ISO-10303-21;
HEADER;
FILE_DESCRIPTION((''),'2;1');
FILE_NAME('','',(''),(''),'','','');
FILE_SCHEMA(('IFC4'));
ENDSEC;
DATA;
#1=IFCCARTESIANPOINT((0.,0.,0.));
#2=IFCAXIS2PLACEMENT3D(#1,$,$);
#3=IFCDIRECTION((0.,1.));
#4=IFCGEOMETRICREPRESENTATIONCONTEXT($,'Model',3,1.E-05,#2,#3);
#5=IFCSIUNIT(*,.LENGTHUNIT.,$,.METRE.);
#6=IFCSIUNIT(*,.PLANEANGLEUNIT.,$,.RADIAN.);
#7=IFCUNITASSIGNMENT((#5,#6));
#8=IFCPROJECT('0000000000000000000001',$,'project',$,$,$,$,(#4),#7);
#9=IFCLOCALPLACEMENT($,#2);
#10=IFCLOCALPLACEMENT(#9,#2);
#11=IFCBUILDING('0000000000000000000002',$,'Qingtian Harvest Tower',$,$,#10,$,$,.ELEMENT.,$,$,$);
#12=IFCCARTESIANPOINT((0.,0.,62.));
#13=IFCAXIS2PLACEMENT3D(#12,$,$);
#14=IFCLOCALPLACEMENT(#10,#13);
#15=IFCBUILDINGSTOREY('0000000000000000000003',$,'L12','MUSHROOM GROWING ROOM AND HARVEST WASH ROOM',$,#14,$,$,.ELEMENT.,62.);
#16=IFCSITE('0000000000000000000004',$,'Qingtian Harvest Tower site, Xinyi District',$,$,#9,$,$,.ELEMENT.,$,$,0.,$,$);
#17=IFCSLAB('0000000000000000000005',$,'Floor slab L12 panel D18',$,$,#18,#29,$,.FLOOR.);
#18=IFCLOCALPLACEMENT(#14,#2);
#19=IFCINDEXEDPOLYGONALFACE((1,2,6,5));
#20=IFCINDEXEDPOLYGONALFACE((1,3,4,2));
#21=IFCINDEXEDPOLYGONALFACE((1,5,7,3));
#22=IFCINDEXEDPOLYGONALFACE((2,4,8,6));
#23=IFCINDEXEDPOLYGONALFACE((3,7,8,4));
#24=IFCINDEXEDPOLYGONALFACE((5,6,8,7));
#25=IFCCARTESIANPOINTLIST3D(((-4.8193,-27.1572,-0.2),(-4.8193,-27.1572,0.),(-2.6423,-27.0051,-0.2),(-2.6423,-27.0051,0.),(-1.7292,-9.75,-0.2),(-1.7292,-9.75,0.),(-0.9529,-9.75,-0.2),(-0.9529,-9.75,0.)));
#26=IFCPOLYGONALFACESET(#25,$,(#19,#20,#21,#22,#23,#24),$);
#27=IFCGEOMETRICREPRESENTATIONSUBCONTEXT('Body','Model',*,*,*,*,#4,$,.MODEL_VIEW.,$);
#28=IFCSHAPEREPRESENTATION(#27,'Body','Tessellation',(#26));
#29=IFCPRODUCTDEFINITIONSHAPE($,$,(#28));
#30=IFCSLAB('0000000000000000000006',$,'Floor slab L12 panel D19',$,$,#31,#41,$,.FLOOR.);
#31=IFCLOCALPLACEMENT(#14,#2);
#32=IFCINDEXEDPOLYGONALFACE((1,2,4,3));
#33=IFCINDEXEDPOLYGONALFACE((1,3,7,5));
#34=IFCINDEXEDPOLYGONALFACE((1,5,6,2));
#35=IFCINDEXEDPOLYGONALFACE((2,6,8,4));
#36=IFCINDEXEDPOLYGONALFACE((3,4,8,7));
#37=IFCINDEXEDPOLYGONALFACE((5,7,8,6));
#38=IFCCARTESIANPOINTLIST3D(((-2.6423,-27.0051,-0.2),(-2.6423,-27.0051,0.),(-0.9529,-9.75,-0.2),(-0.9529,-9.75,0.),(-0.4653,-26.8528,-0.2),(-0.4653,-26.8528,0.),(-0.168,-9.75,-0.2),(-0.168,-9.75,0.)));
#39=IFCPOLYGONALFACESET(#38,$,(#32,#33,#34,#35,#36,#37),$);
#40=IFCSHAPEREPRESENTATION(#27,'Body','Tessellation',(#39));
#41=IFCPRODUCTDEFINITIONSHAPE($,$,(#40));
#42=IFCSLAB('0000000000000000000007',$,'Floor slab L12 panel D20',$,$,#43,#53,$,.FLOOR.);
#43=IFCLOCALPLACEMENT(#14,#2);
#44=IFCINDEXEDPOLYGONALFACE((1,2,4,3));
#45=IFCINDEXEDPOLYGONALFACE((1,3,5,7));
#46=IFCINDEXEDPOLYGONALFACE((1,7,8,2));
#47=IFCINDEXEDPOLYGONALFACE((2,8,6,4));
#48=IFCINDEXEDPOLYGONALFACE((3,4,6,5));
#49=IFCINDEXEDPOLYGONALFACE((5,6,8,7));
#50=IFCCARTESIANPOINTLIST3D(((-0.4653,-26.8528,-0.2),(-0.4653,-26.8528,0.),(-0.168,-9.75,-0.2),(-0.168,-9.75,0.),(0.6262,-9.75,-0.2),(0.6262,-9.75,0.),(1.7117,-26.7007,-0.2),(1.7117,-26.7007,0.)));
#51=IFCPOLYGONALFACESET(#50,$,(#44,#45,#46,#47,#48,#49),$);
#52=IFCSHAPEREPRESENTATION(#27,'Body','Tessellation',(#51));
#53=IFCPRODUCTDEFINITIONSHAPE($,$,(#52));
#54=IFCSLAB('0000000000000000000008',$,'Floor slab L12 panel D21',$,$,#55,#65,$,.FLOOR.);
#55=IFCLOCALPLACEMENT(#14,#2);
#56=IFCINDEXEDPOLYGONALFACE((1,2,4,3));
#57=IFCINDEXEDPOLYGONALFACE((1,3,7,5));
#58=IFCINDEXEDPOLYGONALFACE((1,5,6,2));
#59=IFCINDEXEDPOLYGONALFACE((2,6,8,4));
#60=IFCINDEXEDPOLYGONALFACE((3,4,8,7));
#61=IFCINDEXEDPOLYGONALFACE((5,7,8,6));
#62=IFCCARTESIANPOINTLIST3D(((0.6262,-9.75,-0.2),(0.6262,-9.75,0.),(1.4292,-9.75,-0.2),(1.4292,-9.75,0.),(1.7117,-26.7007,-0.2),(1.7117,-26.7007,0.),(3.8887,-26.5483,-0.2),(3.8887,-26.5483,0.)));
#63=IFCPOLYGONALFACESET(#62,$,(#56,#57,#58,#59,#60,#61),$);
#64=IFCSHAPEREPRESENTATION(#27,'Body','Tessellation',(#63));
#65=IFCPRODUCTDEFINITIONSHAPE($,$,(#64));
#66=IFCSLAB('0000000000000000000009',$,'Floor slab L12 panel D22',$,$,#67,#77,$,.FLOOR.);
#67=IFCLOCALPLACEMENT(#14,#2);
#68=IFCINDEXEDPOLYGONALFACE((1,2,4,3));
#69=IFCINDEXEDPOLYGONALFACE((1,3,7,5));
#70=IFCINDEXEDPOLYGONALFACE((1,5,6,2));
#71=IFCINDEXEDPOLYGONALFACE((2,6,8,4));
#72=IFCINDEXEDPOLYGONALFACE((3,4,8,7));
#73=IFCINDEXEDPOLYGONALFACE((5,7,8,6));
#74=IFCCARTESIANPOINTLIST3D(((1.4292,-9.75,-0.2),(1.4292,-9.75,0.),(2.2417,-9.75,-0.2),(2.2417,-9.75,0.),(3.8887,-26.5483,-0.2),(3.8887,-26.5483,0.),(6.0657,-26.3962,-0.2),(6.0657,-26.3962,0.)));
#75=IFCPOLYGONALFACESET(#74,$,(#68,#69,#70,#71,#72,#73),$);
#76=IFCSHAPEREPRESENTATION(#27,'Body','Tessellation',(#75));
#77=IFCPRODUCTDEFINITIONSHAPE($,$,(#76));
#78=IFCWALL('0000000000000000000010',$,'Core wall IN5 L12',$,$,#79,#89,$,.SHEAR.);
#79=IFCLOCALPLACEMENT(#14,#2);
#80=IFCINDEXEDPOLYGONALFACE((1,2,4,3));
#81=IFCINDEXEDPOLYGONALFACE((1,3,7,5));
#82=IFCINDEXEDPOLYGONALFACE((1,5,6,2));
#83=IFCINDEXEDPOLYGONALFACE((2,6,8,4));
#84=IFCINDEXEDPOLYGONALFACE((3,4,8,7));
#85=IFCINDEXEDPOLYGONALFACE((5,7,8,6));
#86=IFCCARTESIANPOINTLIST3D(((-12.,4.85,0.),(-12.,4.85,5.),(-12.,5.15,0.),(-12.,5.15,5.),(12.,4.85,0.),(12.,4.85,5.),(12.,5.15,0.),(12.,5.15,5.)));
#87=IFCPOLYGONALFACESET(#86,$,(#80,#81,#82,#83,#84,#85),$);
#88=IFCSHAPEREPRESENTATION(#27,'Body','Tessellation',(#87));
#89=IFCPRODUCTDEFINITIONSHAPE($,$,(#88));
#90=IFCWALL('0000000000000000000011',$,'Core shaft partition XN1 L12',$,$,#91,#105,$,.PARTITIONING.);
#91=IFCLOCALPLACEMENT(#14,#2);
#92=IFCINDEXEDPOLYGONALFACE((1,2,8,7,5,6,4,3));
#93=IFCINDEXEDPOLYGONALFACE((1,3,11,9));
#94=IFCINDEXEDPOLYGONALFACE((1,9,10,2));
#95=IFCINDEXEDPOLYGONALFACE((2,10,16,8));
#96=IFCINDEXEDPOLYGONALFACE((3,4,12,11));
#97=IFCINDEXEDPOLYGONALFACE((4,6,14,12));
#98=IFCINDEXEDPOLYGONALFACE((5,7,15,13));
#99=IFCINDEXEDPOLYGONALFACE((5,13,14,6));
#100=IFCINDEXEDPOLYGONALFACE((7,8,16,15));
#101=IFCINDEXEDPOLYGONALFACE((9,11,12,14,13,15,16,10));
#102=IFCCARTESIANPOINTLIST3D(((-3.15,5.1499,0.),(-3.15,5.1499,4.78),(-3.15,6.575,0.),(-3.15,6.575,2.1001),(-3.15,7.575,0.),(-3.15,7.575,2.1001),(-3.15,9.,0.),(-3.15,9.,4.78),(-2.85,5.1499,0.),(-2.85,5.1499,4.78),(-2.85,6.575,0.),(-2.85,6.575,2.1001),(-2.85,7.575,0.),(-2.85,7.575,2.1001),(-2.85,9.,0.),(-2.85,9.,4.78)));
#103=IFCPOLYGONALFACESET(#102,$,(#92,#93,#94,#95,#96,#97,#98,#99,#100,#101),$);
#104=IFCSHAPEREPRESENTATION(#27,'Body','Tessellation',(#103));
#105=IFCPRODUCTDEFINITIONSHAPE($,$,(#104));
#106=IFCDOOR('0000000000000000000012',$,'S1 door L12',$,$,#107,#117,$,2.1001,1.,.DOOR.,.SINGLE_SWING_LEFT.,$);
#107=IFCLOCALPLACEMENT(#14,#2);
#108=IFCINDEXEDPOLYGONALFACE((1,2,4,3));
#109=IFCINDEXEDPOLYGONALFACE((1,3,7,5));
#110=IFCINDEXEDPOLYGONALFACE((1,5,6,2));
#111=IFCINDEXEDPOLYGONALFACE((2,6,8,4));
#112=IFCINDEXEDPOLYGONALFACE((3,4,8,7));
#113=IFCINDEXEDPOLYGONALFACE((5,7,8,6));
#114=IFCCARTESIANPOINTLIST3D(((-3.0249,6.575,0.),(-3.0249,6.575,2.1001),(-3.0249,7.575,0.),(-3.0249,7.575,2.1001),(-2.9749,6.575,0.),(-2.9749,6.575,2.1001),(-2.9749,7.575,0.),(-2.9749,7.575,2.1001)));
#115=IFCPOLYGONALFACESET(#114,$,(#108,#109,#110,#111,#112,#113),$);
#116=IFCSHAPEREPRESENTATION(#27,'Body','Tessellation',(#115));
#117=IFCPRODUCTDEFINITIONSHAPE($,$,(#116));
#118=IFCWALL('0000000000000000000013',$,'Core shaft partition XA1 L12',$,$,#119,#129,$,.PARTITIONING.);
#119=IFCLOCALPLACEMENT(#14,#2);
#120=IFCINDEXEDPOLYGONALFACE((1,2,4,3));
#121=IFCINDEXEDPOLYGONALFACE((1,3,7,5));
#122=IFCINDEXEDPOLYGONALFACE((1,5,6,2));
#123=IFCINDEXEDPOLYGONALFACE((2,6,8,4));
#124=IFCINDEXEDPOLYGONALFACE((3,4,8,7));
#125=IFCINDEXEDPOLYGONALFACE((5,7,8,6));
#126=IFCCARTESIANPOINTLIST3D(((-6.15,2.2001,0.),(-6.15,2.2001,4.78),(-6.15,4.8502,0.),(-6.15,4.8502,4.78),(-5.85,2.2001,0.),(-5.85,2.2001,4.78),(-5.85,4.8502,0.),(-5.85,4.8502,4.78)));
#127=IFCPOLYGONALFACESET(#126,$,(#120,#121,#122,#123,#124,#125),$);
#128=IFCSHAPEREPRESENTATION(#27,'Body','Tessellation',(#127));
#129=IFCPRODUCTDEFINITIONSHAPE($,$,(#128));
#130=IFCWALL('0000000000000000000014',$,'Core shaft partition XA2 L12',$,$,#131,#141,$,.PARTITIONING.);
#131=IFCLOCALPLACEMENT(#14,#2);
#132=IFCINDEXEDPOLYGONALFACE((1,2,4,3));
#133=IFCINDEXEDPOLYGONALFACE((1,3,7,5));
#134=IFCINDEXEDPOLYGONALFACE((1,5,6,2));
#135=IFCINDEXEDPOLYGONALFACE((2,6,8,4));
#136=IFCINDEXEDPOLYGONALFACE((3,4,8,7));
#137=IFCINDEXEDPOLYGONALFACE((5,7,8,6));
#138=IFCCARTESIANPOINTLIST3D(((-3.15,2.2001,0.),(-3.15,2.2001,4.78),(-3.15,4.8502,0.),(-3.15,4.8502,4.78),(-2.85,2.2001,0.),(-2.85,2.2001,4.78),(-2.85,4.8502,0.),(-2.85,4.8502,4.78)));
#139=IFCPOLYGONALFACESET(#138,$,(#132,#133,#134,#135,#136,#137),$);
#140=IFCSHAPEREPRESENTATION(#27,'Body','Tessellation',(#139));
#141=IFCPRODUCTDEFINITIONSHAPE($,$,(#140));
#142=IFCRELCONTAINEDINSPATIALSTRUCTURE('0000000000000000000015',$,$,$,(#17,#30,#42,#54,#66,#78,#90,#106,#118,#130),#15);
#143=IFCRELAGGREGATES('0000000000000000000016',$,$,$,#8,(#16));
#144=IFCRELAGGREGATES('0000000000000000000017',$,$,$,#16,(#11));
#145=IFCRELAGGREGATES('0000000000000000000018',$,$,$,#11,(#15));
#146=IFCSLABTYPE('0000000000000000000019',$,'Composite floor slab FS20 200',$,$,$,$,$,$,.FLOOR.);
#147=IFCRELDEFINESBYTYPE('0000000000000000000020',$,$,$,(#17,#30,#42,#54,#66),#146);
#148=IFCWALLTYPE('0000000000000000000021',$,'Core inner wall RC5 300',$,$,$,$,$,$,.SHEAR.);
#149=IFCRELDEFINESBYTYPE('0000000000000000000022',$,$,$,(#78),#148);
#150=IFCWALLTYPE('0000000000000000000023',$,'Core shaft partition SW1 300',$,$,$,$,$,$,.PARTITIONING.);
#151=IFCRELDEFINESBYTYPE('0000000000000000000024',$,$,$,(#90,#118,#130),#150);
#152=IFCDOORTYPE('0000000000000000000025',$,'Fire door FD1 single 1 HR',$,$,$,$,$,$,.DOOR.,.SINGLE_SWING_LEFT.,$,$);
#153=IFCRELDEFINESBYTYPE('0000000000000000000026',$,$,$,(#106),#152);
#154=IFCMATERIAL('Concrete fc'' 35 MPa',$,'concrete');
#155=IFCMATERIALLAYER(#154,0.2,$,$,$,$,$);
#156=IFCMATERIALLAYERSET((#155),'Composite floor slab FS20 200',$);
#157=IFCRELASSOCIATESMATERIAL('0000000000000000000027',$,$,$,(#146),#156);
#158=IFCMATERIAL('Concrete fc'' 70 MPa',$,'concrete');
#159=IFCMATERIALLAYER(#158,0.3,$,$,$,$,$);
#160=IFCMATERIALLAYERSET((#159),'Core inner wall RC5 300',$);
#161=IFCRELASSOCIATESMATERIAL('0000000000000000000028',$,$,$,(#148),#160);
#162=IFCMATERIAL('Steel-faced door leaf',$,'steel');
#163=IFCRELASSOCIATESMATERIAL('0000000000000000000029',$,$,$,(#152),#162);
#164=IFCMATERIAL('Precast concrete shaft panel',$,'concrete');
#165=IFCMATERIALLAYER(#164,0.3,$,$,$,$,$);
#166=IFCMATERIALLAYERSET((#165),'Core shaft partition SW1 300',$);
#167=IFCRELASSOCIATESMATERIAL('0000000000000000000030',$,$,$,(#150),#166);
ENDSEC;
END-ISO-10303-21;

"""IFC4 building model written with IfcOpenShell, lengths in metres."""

from ifc_helpers import new_model, si_unit, direction, frame, frame_2d, origin, place, context, subcontext, project, spatial, polyline, rectangle, outline, extrude, material, layer, layer_set, type_object, element, fill, save


model = new_model("IFC4")

# Units and contexts
model_context = context("Model", 3, precision=1e-05, world=origin(), true_north=direction((0.0, 1.0)))
body_context = subcontext(model_context, "Body", "Model", "MODEL_VIEW")
ifc_project = project(units=[si_unit("LENGTHUNIT", "METRE"), si_unit("PLANEANGLEUNIT", "RADIAN")], contexts=[model_context])

# Site, building, storey
site_placement = place(None, origin())
site = spatial("IfcSite", under=ifc_project, at=site_placement, Name="Qingtian Harvest Tower site, Xinyi District", CompositionType="ELEMENT", RefElevation=0.0)
building_placement = place(site_placement, origin())
building = spatial("IfcBuilding", under=site, at=building_placement, Name="Qingtian Harvest Tower", CompositionType="ELEMENT")
storey_placement = place(building_placement, frame((0.0, 0.0, 62.0)))
storey = spatial("IfcBuildingStorey", under=building, at=storey_placement, Name="L12", Description="MUSHROOM GROWING ROOM AND HARVEST WASH ROOM", CompositionType="ELEMENT", Elevation=62.0)

# Slabs
ifc_material_1 = material(Name="Concrete fc' 35 MPa", Category="concrete")
ifc_layer_1 = layer(ifc_material_1, 0.2)
ifc_layer_set_1 = layer_set([ifc_layer_1], Name="Composite floor slab FS20 200")
slab_type = type_object("IfcSlabType", Name="Composite floor slab FS20 200", PredefinedType="FLOOR", material=ifc_layer_set_1)
slab_1_placement = place(storey_placement, frame((0.0, 0.0, -0.2)))
element("IfcSlab", 1, at=slab_1_placement, inside=storey, type_object=slab_type, Name="Floor slab L12 panel D18", PredefinedType="FLOOR", context=body_context, shape_type="SweptSolid", body=[
    extrude(outline(polyline([(-0.9529, -9.75), (-2.6423, -27.0051), (-4.8193, -27.1572), (-1.7292, -9.75), (-0.9529, -9.75)])), origin(), (0.0, 0.0, 1.0), 0.2),
])
slab_2_placement = place(storey_placement, frame((0.0, 0.0, -0.2)))
element("IfcSlab", 2, at=slab_2_placement, inside=storey, type_object=slab_type, Name="Floor slab L12 panel D19", PredefinedType="FLOOR", context=body_context, shape_type="SweptSolid", body=[
    extrude(outline(polyline([(-0.168, -9.75), (-0.4653, -26.8528), (-2.6423, -27.0051), (-0.9529, -9.75), (-0.168, -9.75)])), origin(), (0.0, 0.0, 1.0), 0.2),
])
slab_3_placement = place(storey_placement, frame((0.0, 0.0, -0.2)))
element("IfcSlab", 3, at=slab_3_placement, inside=storey, type_object=slab_type, Name="Floor slab L12 panel D20", PredefinedType="FLOOR", context=body_context, shape_type="SweptSolid", body=[
    extrude(outline(polyline([(0.6262, -9.75), (1.7117, -26.7007), (-0.4653, -26.8528), (-0.168, -9.75), (0.6262, -9.75)])), origin(), (0.0, 0.0, 1.0), 0.2),
])
slab_4_placement = place(storey_placement, frame((0.0, 0.0, -0.2)))
element("IfcSlab", 4, at=slab_4_placement, inside=storey, type_object=slab_type, Name="Floor slab L12 panel D21", PredefinedType="FLOOR", context=body_context, shape_type="SweptSolid", body=[
    extrude(outline(polyline([(1.4292, -9.75), (3.8887, -26.5483), (1.7117, -26.7007), (0.6262, -9.75), (1.4292, -9.75)])), origin(), (0.0, 0.0, 1.0), 0.2),
])
slab_5_placement = place(storey_placement, frame((0.0, 0.0, -0.2)))
element("IfcSlab", 5, at=slab_5_placement, inside=storey, type_object=slab_type, Name="Floor slab L12 panel D22", PredefinedType="FLOOR", context=body_context, shape_type="SweptSolid", body=[
    extrude(outline(polyline([(2.2417, -9.75), (6.0657, -26.3962), (3.8887, -26.5483), (1.4292, -9.75), (2.2417, -9.75)])), origin(), (0.0, 0.0, 1.0), 0.2),
])

# Wall
ifc_material_2 = material(Name="Concrete fc' 70 MPa", Category="concrete")
ifc_layer_2 = layer(ifc_material_2, 0.3)
ifc_layer_set_2 = layer_set([ifc_layer_2], Name="Core inner wall RC5 300")
wall_type_1 = type_object("IfcWallType", Name="Core inner wall RC5 300", PredefinedType="SHEAR", material=ifc_layer_set_2)
wall_1_placement = place(storey_placement, frame((-12.0, 5.0, 0.0), z_axis=(0.0, 0.0, 1.0), x_axis=(1.0, 0.0, 0.0)))
element("IfcWall", 6, at=wall_1_placement, inside=storey, type_object=wall_type_1, Name="Core wall IN5 L12", PredefinedType="SHEAR", context=body_context, shape_type="SweptSolid", body=[
    extrude(rectangle(XDim=24.0, YDim=0.3, at=frame_2d((12.0, 0.0))), origin(), (0.0, 0.0, 1.0), 5.0),
])

# Shared definitions
ifc_material_3 = material(Name="Steel-faced door leaf", Category="steel")
door_type_1 = type_object("IfcDoorType", Name="Fire door FD1 single 1 HR", OperationType="SINGLE_SWING_LEFT", PredefinedType="DOOR", material=ifc_material_3)

# Wall, opening, door
ifc_material_4 = material(Name="Precast concrete shaft panel", Category="concrete")
ifc_layer_3 = layer(ifc_material_4, 0.3)
ifc_layer_set_3 = layer_set([ifc_layer_3], Name="Core shaft partition SW1 300")
wall_type_2 = type_object("IfcWallType", Name="Core shaft partition SW1 300", PredefinedType="PARTITIONING", material=ifc_layer_set_3)
wall_2_placement = place(storey_placement, frame((-3.0, 5.1499, 0.0), z_axis=(0.0, 0.0, 1.0), x_axis=(0.0, 1.0, 0.0)))
wall_2 = element("IfcWall", 7, at=wall_2_placement, inside=storey, type_object=wall_type_2, Name="Core shaft partition XN1 L12", PredefinedType="PARTITIONING", context=body_context, shape_type="SweptSolid", body=[
    extrude(rectangle(XDim=3.8501, YDim=0.3, at=frame_2d((1.925, 0.0))), origin(), (0.0, 0.0, 1.0), 4.78),
])
opening_1_placement = place(wall_2_placement, frame((1.425, 0.0, 0.0)))
opening_1 = element("IfcOpeningElement", 8, at=opening_1_placement, cuts=wall_2, PredefinedType="OPENING", context=body_context, shape_type="SweptSolid", body=[
    extrude(rectangle(XDim=1.0, YDim=2.1001, at=frame_2d((0.5, 1.05))), frame((0.0, 0.1599, 0.0), z_axis=(0.0, -1.0, 0.0), x_axis=(1.0, 0.0, 0.0)), (0.0, 0.0, 1.0), 0.3201),
])
door_1_placement = place(opening_1_placement, origin())
door_1 = element("IfcDoor", 9, at=door_1_placement, inside=storey, type_object=door_type_1, Name="S1 door L12", OperationType="SINGLE_SWING_LEFT", OverallHeight=2.1001, OverallWidth=1.0, PredefinedType="DOOR", context=body_context, shape_type="SweptSolid", body=[
    extrude(rectangle(XDim=1.0, YDim=2.1001, at=frame_2d((0.5, 1.05))), frame((0.0, 0.0249, 0.0), z_axis=(0.0, -1.0, 0.0), x_axis=(1.0, 0.0, 0.0)), (0.0, 0.0, 1.0), 0.05),
])
fill(opening_1, door_1)

# Walls
for number, where, z_axis, x_axis, name in (
    (10, (-6.0, 2.2, 0.0), (0.0, 0.0, 1.0), (0.0, 1.0, 0.0), "Core shaft partition XA1 L12"),
    (11, (-3.0, 2.2, 0.0), (0.0, 0.0, 1.0), (0.0, 1.0, 0.0), "Core shaft partition XA2 L12"),
):
    element("IfcWall", number, at=place(storey_placement, frame(where, z_axis=z_axis, x_axis=x_axis)), inside=storey, type_object=wall_type_2, Name=name, PredefinedType="PARTITIONING", context=body_context, shape_type="SweptSolid", body=[
        extrude(rectangle(XDim=2.6501, YDim=0.3, at=frame_2d((1.3252, 0.0))), origin(), (0.0, 0.0, 1.0), 4.78),
    ])

save(model, "model.ifc")
